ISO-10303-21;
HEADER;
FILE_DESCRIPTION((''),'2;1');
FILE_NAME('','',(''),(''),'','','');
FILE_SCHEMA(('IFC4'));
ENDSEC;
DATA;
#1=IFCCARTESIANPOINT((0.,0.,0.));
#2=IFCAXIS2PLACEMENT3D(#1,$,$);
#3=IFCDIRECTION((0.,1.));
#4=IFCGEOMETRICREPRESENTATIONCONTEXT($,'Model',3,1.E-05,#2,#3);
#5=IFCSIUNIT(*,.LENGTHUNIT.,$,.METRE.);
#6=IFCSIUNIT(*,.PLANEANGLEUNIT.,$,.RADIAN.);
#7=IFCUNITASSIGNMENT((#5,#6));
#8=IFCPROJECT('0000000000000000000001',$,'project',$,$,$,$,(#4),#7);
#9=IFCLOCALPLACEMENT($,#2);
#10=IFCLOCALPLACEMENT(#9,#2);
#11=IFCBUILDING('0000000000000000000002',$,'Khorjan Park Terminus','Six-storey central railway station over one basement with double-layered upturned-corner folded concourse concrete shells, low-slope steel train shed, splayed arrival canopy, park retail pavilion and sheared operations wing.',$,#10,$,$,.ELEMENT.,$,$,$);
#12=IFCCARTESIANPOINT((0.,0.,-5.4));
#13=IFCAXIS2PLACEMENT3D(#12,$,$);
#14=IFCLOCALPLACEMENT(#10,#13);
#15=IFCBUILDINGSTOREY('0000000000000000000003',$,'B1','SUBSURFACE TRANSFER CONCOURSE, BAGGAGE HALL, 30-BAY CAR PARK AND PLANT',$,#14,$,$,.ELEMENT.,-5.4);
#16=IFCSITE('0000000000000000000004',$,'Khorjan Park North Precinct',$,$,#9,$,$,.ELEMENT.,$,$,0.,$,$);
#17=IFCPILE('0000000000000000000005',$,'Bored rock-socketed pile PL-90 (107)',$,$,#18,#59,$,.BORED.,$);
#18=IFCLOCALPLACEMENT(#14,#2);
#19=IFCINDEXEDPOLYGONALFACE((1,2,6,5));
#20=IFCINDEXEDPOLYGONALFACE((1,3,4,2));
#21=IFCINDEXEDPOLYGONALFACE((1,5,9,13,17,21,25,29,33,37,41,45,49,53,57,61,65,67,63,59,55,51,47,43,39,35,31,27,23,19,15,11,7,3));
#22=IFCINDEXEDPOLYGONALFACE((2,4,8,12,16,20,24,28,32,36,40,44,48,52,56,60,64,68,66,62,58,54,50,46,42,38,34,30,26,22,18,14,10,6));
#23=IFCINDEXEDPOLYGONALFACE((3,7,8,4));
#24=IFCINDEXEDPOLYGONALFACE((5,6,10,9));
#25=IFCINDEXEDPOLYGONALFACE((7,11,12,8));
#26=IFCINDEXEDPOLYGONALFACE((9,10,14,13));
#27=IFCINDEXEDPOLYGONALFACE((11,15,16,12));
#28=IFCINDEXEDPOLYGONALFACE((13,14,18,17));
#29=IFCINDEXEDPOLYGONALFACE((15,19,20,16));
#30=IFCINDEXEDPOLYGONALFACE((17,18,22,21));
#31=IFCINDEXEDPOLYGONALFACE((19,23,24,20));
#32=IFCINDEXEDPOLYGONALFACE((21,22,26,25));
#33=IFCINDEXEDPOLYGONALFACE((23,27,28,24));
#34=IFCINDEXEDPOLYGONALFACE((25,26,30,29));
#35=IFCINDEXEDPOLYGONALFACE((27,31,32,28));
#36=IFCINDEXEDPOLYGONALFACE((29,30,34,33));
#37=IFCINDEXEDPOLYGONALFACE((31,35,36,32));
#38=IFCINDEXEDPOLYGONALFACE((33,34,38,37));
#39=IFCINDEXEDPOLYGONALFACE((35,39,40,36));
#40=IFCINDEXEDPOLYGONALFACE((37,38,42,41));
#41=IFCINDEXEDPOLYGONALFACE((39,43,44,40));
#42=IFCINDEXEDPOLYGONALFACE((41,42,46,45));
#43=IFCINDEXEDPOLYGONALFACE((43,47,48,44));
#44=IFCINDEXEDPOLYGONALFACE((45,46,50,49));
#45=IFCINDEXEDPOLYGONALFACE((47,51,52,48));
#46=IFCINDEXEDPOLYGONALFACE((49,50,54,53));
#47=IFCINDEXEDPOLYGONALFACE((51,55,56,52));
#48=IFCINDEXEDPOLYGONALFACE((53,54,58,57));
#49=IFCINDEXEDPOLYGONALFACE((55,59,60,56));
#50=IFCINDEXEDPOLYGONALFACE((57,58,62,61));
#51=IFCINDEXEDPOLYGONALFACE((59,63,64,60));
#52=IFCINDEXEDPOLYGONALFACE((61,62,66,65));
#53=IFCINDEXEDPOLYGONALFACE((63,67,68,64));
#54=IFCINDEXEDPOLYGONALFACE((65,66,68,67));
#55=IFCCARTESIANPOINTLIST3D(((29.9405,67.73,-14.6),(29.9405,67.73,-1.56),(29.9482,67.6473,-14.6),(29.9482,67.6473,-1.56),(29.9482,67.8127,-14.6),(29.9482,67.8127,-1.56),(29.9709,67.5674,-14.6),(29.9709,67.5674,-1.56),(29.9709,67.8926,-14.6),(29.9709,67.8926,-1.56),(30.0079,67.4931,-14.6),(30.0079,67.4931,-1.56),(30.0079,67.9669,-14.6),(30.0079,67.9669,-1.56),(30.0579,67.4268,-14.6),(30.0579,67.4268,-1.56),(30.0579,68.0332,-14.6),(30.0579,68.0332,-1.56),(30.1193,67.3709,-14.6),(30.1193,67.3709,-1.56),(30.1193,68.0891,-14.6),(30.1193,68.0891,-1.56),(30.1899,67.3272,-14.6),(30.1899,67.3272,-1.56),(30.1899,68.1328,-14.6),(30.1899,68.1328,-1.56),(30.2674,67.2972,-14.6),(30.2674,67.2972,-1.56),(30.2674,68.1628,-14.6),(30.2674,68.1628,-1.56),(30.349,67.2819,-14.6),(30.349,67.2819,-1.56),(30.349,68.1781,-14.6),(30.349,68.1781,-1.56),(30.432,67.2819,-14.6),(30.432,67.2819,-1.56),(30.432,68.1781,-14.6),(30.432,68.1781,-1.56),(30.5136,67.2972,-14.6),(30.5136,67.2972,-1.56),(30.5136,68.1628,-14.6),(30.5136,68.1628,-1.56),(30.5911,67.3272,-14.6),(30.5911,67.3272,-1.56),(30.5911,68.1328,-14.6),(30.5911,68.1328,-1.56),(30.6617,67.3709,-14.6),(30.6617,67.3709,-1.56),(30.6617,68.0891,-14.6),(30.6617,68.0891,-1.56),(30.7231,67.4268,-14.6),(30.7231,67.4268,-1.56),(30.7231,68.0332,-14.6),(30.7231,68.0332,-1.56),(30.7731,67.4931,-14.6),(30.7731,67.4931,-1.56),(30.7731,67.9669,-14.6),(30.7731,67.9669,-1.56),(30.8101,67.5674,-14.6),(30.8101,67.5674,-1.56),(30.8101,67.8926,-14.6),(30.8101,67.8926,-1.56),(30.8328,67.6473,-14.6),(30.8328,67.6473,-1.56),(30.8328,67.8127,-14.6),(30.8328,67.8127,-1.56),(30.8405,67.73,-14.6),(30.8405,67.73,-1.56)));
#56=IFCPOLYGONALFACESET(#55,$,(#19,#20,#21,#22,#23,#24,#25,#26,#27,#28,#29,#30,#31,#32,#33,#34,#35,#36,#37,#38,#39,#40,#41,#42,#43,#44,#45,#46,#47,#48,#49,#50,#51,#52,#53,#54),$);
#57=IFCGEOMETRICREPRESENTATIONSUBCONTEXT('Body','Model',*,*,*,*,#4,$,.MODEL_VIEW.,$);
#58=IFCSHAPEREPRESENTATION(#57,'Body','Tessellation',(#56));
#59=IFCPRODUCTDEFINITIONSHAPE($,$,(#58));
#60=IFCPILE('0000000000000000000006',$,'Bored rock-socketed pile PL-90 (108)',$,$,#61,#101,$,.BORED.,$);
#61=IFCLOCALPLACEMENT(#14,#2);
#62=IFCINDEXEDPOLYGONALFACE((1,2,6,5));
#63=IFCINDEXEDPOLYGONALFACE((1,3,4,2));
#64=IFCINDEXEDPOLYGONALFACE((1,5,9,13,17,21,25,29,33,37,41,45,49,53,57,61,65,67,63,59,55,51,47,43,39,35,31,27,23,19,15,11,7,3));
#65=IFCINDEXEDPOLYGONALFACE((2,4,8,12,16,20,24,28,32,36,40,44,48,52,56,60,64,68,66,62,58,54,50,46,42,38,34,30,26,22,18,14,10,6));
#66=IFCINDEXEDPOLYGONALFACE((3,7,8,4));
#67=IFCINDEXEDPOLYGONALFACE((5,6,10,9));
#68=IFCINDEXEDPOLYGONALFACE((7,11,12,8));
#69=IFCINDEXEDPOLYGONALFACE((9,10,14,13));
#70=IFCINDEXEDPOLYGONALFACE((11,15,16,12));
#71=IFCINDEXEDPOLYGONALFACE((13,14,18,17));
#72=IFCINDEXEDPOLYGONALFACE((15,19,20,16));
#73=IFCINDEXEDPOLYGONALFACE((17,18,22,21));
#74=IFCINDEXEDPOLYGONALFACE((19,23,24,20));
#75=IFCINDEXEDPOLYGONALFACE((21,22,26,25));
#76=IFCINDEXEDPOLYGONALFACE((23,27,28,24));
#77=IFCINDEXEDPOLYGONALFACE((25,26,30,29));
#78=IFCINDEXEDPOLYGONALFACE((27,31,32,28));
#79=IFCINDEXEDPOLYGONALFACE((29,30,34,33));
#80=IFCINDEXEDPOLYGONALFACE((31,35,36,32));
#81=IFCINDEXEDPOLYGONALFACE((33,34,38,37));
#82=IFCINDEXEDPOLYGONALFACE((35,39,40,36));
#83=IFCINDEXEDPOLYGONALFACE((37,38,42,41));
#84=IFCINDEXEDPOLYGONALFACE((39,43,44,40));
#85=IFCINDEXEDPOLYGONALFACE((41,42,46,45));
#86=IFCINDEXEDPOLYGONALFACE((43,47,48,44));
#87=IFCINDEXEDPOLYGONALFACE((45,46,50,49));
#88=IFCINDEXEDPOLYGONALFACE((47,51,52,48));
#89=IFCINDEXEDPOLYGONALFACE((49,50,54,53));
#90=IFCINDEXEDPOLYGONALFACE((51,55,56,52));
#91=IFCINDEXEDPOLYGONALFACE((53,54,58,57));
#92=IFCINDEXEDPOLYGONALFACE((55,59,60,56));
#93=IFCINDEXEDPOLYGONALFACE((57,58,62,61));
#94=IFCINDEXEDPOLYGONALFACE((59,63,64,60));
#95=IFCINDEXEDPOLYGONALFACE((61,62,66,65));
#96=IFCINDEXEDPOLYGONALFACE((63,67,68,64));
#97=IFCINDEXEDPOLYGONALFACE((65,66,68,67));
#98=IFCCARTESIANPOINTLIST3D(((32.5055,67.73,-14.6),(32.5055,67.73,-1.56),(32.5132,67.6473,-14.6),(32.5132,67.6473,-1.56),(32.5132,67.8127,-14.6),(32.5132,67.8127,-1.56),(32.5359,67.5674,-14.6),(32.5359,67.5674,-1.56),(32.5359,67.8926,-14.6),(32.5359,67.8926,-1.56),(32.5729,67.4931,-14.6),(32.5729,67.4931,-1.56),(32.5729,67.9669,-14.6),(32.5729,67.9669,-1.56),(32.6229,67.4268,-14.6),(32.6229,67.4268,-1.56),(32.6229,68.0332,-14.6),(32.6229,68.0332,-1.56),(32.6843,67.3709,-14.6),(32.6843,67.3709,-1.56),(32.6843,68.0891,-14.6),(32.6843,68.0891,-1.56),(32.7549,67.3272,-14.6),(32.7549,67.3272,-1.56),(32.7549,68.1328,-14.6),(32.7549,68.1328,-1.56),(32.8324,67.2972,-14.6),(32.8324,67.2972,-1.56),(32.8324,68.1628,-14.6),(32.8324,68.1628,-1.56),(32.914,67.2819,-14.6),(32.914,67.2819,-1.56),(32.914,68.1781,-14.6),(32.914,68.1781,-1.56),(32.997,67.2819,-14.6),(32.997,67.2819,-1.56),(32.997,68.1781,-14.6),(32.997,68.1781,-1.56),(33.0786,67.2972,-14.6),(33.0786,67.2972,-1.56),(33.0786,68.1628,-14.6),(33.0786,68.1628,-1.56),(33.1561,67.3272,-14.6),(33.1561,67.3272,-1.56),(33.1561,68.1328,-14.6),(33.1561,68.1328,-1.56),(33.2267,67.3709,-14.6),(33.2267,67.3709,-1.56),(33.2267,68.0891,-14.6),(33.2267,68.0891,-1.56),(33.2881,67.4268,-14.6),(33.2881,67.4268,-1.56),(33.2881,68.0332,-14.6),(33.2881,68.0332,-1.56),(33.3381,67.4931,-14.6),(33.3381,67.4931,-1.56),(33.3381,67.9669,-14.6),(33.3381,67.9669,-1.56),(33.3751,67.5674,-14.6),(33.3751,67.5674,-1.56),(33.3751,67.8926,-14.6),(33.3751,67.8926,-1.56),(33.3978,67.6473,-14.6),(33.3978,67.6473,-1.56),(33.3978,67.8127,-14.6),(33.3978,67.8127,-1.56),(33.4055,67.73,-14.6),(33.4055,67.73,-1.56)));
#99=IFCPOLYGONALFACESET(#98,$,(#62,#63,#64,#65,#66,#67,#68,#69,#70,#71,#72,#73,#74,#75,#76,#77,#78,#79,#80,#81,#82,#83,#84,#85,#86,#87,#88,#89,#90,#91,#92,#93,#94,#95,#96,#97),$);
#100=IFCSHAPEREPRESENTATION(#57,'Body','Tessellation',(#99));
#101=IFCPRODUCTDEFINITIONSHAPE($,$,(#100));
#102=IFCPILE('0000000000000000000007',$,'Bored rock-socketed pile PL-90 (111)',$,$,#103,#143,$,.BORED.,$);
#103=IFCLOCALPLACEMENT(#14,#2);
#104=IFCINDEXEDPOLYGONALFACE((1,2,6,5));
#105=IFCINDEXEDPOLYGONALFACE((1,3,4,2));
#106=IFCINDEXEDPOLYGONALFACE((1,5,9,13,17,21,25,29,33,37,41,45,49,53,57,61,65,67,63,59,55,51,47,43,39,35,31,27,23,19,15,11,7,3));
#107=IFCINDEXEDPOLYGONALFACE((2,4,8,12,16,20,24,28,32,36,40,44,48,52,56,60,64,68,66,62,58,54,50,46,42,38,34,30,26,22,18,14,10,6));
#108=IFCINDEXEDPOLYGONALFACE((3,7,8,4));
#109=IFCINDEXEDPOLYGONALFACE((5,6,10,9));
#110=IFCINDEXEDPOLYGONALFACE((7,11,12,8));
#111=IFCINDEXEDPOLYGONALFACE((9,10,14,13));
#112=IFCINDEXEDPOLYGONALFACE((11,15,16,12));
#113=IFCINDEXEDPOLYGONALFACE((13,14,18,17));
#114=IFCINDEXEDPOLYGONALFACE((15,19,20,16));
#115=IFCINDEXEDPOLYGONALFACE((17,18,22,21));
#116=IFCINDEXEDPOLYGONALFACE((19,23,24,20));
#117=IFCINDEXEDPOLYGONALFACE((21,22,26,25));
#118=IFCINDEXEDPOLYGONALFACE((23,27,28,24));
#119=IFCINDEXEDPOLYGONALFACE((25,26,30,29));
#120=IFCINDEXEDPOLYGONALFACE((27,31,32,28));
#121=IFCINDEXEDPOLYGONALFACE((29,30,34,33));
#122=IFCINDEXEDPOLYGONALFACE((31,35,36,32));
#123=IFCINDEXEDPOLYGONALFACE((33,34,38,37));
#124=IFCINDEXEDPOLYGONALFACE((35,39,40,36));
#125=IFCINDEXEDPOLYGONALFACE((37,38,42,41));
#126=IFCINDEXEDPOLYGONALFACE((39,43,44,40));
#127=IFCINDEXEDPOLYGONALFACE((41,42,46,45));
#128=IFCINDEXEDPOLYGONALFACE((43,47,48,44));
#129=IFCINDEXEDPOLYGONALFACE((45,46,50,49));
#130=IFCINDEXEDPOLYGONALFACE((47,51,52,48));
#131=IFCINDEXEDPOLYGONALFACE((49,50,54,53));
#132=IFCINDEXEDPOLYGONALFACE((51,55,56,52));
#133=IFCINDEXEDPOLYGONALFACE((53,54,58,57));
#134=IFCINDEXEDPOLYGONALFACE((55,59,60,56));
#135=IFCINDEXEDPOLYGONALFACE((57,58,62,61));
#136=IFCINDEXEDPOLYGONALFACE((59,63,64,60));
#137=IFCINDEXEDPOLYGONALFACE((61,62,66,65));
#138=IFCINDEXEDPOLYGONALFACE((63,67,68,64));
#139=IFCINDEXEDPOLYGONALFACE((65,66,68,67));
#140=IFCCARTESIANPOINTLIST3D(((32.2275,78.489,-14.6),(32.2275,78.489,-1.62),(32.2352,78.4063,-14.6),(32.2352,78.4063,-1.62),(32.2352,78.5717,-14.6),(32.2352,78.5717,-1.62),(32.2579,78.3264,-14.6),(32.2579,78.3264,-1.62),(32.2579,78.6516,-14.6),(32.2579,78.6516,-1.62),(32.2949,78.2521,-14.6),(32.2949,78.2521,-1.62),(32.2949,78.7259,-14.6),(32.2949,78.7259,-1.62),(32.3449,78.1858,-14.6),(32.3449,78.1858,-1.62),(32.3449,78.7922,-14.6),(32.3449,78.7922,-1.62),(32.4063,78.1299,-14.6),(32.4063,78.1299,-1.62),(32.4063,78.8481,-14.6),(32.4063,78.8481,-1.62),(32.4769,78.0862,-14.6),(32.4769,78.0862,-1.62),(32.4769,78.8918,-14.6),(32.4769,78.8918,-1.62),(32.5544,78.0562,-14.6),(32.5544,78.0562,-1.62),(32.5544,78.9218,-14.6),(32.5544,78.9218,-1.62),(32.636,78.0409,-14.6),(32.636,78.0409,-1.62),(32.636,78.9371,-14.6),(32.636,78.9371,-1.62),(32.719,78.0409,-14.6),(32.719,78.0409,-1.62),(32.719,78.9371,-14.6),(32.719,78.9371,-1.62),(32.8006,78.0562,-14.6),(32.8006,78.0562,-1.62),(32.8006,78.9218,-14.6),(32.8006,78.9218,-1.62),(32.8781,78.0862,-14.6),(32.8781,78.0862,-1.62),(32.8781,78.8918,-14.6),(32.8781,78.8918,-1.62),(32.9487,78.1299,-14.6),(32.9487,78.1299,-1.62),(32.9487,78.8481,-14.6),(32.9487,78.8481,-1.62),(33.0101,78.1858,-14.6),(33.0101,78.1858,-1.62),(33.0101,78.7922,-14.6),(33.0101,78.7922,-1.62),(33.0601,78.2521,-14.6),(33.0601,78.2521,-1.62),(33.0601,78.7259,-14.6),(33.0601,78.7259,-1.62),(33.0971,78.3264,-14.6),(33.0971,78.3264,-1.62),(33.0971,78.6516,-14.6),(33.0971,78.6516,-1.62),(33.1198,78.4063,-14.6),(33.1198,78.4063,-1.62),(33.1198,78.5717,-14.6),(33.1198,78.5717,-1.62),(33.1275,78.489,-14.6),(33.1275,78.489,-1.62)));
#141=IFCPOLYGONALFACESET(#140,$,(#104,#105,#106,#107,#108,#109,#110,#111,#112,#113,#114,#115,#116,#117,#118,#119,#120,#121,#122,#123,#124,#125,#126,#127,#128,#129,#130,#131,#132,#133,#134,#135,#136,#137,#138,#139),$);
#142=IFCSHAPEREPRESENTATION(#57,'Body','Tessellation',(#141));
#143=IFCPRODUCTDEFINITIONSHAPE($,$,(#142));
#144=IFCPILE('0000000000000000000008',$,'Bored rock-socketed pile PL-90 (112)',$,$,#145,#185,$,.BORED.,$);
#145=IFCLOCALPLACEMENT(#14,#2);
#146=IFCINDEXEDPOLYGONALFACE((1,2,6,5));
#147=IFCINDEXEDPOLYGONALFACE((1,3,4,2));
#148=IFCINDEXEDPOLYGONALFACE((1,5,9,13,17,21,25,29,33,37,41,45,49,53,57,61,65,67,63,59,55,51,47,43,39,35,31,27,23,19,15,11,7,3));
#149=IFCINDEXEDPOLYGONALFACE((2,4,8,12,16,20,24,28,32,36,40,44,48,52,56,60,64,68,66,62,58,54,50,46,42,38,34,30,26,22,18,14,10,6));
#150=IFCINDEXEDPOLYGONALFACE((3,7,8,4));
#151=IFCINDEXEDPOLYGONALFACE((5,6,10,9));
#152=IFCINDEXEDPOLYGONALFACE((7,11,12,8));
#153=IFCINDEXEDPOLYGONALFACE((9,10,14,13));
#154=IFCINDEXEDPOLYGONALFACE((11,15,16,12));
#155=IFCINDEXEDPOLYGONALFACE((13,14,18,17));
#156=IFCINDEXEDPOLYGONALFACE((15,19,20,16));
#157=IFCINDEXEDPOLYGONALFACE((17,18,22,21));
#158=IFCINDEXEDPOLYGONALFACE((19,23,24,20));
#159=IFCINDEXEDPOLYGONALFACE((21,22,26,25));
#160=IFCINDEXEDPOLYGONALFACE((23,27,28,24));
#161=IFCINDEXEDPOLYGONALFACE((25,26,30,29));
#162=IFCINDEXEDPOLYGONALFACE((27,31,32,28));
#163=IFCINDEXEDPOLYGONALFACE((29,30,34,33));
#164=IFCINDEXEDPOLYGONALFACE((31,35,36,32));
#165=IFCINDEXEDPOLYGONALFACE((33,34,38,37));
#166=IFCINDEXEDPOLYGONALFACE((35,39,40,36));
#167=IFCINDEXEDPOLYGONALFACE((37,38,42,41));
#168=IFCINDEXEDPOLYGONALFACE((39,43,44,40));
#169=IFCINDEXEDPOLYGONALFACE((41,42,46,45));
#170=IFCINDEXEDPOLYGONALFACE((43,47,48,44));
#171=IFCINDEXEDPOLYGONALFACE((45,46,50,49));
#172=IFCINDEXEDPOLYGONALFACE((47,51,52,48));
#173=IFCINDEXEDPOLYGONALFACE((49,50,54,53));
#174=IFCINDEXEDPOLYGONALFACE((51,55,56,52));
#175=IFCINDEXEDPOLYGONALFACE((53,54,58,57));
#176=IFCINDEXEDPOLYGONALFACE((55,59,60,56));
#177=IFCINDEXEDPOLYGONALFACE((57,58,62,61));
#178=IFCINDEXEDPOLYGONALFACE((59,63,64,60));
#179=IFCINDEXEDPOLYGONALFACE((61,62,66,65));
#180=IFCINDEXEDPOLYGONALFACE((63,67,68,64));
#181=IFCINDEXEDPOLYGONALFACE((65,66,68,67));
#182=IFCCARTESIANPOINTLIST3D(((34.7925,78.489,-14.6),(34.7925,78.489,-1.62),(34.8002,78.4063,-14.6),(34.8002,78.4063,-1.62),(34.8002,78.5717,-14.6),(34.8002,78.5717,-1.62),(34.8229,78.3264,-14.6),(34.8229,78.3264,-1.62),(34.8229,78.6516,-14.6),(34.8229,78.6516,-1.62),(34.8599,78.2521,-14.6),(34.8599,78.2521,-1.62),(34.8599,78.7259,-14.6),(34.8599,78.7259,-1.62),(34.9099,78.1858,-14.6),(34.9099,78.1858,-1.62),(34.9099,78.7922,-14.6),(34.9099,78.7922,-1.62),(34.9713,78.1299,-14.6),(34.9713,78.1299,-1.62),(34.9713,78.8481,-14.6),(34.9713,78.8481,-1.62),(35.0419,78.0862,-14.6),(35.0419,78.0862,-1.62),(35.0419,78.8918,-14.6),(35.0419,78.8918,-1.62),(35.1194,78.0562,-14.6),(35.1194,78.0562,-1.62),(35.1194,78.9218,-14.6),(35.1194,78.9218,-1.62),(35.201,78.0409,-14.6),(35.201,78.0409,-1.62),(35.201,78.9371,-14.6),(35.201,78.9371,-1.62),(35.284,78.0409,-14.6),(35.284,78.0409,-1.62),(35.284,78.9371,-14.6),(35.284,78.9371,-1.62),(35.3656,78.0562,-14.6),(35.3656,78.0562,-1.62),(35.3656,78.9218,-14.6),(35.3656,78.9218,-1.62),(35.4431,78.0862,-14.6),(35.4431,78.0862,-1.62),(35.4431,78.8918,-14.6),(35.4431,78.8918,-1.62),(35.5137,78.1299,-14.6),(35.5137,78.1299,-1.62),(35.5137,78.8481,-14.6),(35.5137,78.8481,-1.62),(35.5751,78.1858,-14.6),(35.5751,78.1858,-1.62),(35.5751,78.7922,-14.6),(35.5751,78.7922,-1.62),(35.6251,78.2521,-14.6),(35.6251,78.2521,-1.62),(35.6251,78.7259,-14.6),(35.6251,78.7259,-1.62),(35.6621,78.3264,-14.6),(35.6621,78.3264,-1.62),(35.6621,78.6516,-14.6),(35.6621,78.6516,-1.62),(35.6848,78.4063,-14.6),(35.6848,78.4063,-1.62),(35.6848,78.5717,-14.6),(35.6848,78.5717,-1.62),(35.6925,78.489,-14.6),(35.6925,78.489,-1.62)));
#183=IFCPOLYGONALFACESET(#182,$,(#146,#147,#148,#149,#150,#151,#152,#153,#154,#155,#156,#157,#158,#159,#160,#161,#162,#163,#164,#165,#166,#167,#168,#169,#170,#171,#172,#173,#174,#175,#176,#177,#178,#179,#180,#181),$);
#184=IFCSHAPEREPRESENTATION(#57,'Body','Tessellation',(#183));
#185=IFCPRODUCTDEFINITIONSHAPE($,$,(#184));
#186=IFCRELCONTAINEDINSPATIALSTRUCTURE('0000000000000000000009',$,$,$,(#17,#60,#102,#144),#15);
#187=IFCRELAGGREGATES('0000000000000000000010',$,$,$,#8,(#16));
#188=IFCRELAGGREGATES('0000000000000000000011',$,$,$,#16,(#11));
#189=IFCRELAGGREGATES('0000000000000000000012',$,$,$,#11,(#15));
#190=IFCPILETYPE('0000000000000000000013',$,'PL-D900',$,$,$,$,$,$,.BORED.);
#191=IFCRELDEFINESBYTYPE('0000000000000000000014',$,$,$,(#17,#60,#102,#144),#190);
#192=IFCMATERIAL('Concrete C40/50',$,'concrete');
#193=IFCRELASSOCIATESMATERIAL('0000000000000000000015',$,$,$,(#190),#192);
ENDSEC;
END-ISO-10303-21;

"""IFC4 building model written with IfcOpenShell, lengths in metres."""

from ifc_helpers import new_model, si_unit, direction, frame, origin, origin_2d, place, context, subcontext, project, spatial, circle, extrude, material, material_profile, profile_set, type_object, element, save


model = new_model("IFC4")

# Units and contexts
model_context = context("Model", 3, precision=1e-05, world=origin(), true_north=direction((0.0, 1.0)))
body_context = subcontext(model_context, "Body", "Model", "MODEL_VIEW")
ifc_project = project(units=[si_unit("LENGTHUNIT", "METRE"), si_unit("PLANEANGLEUNIT", "RADIAN")], contexts=[model_context])

# Site, building, storey
site_placement = place(None, origin())
site = spatial("IfcSite", under=ifc_project, at=site_placement, Name="Khorjan Park North Precinct", CompositionType="ELEMENT", RefElevation=0.0)
building_placement = place(site_placement, origin())
building = spatial("IfcBuilding", under=site, at=building_placement, Name="Khorjan Park Terminus", Description="Six-storey central railway station over one basement with double-layered upturned-corner folded concourse concrete shells, low-slope steel train shed, splayed arrival canopy, park retail pavilion and sheared operations wing.", CompositionType="ELEMENT")
storey_placement = place(building_placement, frame((0.0, 0.0, -5.4)))
storey = spatial("IfcBuildingStorey", under=building, at=storey_placement, Name="B1", Description="SUBSURFACE TRANSFER CONCOURSE, BAGGAGE HALL, 30-BAY CAR PARK AND PLANT", CompositionType="ELEMENT", Elevation=-5.4)

# Shared definitions
ifc_material_1 = material(Name="Concrete C40/50", Category="concrete")

# Piles
ifc_material_profile_1 = material_profile(ifc_material_1, circle(Radius=0.45, at=origin_2d()), Name="BORED D900")
ifc_profile_set_1 = profile_set([ifc_material_profile_1], Name="Concrete C40/50")
pile_type_1 = type_object("IfcPileType", Name="PL-D900", PredefinedType="BORED", material=ifc_profile_set_1)
for number, where, z_axis, x_axis, name in (
    (1, (30.3905, 67.73, -1.56), (0.0, 0.0, -1.0), (1.0, 0.0, 0.0), "Bored rock-socketed pile PL-90 (107)"),
    (2, (32.9555, 67.73, -1.56), (0.0, 0.0, -1.0), (1.0, 0.0, 0.0), "Bored rock-socketed pile PL-90 (108)"),
):
    element("IfcPile", number, at=place(storey_placement, frame(where, z_axis=z_axis, x_axis=x_axis)), inside=storey, type_object=pile_type_1, Name=name, PredefinedType="BORED", context=body_context, shape_type="SweptSolid", body=[
        extrude(circle(Radius=0.45, at=origin_2d()), origin(), (0.0, 0.0, 1.0), 13.04),
    ])
for number, where, z_axis, x_axis, name in (
    (3, (32.6775, 78.489, -1.62), (0.0, 0.0, -1.0), (1.0, 0.0, 0.0), "Bored rock-socketed pile PL-90 (111)"),
    (4, (35.2425, 78.489, -1.62), (0.0, 0.0, -1.0), (1.0, 0.0, 0.0), "Bored rock-socketed pile PL-90 (112)"),
):
    element("IfcPile", number, at=place(storey_placement, frame(where, z_axis=z_axis, x_axis=x_axis)), inside=storey, type_object=pile_type_1, Name=name, PredefinedType="BORED", context=body_context, shape_type="SweptSolid", body=[
        extrude(circle(Radius=0.45, at=origin_2d()), origin(), (0.0, 0.0, 1.0), 12.98),
    ])

save(model, "model.ifc")
